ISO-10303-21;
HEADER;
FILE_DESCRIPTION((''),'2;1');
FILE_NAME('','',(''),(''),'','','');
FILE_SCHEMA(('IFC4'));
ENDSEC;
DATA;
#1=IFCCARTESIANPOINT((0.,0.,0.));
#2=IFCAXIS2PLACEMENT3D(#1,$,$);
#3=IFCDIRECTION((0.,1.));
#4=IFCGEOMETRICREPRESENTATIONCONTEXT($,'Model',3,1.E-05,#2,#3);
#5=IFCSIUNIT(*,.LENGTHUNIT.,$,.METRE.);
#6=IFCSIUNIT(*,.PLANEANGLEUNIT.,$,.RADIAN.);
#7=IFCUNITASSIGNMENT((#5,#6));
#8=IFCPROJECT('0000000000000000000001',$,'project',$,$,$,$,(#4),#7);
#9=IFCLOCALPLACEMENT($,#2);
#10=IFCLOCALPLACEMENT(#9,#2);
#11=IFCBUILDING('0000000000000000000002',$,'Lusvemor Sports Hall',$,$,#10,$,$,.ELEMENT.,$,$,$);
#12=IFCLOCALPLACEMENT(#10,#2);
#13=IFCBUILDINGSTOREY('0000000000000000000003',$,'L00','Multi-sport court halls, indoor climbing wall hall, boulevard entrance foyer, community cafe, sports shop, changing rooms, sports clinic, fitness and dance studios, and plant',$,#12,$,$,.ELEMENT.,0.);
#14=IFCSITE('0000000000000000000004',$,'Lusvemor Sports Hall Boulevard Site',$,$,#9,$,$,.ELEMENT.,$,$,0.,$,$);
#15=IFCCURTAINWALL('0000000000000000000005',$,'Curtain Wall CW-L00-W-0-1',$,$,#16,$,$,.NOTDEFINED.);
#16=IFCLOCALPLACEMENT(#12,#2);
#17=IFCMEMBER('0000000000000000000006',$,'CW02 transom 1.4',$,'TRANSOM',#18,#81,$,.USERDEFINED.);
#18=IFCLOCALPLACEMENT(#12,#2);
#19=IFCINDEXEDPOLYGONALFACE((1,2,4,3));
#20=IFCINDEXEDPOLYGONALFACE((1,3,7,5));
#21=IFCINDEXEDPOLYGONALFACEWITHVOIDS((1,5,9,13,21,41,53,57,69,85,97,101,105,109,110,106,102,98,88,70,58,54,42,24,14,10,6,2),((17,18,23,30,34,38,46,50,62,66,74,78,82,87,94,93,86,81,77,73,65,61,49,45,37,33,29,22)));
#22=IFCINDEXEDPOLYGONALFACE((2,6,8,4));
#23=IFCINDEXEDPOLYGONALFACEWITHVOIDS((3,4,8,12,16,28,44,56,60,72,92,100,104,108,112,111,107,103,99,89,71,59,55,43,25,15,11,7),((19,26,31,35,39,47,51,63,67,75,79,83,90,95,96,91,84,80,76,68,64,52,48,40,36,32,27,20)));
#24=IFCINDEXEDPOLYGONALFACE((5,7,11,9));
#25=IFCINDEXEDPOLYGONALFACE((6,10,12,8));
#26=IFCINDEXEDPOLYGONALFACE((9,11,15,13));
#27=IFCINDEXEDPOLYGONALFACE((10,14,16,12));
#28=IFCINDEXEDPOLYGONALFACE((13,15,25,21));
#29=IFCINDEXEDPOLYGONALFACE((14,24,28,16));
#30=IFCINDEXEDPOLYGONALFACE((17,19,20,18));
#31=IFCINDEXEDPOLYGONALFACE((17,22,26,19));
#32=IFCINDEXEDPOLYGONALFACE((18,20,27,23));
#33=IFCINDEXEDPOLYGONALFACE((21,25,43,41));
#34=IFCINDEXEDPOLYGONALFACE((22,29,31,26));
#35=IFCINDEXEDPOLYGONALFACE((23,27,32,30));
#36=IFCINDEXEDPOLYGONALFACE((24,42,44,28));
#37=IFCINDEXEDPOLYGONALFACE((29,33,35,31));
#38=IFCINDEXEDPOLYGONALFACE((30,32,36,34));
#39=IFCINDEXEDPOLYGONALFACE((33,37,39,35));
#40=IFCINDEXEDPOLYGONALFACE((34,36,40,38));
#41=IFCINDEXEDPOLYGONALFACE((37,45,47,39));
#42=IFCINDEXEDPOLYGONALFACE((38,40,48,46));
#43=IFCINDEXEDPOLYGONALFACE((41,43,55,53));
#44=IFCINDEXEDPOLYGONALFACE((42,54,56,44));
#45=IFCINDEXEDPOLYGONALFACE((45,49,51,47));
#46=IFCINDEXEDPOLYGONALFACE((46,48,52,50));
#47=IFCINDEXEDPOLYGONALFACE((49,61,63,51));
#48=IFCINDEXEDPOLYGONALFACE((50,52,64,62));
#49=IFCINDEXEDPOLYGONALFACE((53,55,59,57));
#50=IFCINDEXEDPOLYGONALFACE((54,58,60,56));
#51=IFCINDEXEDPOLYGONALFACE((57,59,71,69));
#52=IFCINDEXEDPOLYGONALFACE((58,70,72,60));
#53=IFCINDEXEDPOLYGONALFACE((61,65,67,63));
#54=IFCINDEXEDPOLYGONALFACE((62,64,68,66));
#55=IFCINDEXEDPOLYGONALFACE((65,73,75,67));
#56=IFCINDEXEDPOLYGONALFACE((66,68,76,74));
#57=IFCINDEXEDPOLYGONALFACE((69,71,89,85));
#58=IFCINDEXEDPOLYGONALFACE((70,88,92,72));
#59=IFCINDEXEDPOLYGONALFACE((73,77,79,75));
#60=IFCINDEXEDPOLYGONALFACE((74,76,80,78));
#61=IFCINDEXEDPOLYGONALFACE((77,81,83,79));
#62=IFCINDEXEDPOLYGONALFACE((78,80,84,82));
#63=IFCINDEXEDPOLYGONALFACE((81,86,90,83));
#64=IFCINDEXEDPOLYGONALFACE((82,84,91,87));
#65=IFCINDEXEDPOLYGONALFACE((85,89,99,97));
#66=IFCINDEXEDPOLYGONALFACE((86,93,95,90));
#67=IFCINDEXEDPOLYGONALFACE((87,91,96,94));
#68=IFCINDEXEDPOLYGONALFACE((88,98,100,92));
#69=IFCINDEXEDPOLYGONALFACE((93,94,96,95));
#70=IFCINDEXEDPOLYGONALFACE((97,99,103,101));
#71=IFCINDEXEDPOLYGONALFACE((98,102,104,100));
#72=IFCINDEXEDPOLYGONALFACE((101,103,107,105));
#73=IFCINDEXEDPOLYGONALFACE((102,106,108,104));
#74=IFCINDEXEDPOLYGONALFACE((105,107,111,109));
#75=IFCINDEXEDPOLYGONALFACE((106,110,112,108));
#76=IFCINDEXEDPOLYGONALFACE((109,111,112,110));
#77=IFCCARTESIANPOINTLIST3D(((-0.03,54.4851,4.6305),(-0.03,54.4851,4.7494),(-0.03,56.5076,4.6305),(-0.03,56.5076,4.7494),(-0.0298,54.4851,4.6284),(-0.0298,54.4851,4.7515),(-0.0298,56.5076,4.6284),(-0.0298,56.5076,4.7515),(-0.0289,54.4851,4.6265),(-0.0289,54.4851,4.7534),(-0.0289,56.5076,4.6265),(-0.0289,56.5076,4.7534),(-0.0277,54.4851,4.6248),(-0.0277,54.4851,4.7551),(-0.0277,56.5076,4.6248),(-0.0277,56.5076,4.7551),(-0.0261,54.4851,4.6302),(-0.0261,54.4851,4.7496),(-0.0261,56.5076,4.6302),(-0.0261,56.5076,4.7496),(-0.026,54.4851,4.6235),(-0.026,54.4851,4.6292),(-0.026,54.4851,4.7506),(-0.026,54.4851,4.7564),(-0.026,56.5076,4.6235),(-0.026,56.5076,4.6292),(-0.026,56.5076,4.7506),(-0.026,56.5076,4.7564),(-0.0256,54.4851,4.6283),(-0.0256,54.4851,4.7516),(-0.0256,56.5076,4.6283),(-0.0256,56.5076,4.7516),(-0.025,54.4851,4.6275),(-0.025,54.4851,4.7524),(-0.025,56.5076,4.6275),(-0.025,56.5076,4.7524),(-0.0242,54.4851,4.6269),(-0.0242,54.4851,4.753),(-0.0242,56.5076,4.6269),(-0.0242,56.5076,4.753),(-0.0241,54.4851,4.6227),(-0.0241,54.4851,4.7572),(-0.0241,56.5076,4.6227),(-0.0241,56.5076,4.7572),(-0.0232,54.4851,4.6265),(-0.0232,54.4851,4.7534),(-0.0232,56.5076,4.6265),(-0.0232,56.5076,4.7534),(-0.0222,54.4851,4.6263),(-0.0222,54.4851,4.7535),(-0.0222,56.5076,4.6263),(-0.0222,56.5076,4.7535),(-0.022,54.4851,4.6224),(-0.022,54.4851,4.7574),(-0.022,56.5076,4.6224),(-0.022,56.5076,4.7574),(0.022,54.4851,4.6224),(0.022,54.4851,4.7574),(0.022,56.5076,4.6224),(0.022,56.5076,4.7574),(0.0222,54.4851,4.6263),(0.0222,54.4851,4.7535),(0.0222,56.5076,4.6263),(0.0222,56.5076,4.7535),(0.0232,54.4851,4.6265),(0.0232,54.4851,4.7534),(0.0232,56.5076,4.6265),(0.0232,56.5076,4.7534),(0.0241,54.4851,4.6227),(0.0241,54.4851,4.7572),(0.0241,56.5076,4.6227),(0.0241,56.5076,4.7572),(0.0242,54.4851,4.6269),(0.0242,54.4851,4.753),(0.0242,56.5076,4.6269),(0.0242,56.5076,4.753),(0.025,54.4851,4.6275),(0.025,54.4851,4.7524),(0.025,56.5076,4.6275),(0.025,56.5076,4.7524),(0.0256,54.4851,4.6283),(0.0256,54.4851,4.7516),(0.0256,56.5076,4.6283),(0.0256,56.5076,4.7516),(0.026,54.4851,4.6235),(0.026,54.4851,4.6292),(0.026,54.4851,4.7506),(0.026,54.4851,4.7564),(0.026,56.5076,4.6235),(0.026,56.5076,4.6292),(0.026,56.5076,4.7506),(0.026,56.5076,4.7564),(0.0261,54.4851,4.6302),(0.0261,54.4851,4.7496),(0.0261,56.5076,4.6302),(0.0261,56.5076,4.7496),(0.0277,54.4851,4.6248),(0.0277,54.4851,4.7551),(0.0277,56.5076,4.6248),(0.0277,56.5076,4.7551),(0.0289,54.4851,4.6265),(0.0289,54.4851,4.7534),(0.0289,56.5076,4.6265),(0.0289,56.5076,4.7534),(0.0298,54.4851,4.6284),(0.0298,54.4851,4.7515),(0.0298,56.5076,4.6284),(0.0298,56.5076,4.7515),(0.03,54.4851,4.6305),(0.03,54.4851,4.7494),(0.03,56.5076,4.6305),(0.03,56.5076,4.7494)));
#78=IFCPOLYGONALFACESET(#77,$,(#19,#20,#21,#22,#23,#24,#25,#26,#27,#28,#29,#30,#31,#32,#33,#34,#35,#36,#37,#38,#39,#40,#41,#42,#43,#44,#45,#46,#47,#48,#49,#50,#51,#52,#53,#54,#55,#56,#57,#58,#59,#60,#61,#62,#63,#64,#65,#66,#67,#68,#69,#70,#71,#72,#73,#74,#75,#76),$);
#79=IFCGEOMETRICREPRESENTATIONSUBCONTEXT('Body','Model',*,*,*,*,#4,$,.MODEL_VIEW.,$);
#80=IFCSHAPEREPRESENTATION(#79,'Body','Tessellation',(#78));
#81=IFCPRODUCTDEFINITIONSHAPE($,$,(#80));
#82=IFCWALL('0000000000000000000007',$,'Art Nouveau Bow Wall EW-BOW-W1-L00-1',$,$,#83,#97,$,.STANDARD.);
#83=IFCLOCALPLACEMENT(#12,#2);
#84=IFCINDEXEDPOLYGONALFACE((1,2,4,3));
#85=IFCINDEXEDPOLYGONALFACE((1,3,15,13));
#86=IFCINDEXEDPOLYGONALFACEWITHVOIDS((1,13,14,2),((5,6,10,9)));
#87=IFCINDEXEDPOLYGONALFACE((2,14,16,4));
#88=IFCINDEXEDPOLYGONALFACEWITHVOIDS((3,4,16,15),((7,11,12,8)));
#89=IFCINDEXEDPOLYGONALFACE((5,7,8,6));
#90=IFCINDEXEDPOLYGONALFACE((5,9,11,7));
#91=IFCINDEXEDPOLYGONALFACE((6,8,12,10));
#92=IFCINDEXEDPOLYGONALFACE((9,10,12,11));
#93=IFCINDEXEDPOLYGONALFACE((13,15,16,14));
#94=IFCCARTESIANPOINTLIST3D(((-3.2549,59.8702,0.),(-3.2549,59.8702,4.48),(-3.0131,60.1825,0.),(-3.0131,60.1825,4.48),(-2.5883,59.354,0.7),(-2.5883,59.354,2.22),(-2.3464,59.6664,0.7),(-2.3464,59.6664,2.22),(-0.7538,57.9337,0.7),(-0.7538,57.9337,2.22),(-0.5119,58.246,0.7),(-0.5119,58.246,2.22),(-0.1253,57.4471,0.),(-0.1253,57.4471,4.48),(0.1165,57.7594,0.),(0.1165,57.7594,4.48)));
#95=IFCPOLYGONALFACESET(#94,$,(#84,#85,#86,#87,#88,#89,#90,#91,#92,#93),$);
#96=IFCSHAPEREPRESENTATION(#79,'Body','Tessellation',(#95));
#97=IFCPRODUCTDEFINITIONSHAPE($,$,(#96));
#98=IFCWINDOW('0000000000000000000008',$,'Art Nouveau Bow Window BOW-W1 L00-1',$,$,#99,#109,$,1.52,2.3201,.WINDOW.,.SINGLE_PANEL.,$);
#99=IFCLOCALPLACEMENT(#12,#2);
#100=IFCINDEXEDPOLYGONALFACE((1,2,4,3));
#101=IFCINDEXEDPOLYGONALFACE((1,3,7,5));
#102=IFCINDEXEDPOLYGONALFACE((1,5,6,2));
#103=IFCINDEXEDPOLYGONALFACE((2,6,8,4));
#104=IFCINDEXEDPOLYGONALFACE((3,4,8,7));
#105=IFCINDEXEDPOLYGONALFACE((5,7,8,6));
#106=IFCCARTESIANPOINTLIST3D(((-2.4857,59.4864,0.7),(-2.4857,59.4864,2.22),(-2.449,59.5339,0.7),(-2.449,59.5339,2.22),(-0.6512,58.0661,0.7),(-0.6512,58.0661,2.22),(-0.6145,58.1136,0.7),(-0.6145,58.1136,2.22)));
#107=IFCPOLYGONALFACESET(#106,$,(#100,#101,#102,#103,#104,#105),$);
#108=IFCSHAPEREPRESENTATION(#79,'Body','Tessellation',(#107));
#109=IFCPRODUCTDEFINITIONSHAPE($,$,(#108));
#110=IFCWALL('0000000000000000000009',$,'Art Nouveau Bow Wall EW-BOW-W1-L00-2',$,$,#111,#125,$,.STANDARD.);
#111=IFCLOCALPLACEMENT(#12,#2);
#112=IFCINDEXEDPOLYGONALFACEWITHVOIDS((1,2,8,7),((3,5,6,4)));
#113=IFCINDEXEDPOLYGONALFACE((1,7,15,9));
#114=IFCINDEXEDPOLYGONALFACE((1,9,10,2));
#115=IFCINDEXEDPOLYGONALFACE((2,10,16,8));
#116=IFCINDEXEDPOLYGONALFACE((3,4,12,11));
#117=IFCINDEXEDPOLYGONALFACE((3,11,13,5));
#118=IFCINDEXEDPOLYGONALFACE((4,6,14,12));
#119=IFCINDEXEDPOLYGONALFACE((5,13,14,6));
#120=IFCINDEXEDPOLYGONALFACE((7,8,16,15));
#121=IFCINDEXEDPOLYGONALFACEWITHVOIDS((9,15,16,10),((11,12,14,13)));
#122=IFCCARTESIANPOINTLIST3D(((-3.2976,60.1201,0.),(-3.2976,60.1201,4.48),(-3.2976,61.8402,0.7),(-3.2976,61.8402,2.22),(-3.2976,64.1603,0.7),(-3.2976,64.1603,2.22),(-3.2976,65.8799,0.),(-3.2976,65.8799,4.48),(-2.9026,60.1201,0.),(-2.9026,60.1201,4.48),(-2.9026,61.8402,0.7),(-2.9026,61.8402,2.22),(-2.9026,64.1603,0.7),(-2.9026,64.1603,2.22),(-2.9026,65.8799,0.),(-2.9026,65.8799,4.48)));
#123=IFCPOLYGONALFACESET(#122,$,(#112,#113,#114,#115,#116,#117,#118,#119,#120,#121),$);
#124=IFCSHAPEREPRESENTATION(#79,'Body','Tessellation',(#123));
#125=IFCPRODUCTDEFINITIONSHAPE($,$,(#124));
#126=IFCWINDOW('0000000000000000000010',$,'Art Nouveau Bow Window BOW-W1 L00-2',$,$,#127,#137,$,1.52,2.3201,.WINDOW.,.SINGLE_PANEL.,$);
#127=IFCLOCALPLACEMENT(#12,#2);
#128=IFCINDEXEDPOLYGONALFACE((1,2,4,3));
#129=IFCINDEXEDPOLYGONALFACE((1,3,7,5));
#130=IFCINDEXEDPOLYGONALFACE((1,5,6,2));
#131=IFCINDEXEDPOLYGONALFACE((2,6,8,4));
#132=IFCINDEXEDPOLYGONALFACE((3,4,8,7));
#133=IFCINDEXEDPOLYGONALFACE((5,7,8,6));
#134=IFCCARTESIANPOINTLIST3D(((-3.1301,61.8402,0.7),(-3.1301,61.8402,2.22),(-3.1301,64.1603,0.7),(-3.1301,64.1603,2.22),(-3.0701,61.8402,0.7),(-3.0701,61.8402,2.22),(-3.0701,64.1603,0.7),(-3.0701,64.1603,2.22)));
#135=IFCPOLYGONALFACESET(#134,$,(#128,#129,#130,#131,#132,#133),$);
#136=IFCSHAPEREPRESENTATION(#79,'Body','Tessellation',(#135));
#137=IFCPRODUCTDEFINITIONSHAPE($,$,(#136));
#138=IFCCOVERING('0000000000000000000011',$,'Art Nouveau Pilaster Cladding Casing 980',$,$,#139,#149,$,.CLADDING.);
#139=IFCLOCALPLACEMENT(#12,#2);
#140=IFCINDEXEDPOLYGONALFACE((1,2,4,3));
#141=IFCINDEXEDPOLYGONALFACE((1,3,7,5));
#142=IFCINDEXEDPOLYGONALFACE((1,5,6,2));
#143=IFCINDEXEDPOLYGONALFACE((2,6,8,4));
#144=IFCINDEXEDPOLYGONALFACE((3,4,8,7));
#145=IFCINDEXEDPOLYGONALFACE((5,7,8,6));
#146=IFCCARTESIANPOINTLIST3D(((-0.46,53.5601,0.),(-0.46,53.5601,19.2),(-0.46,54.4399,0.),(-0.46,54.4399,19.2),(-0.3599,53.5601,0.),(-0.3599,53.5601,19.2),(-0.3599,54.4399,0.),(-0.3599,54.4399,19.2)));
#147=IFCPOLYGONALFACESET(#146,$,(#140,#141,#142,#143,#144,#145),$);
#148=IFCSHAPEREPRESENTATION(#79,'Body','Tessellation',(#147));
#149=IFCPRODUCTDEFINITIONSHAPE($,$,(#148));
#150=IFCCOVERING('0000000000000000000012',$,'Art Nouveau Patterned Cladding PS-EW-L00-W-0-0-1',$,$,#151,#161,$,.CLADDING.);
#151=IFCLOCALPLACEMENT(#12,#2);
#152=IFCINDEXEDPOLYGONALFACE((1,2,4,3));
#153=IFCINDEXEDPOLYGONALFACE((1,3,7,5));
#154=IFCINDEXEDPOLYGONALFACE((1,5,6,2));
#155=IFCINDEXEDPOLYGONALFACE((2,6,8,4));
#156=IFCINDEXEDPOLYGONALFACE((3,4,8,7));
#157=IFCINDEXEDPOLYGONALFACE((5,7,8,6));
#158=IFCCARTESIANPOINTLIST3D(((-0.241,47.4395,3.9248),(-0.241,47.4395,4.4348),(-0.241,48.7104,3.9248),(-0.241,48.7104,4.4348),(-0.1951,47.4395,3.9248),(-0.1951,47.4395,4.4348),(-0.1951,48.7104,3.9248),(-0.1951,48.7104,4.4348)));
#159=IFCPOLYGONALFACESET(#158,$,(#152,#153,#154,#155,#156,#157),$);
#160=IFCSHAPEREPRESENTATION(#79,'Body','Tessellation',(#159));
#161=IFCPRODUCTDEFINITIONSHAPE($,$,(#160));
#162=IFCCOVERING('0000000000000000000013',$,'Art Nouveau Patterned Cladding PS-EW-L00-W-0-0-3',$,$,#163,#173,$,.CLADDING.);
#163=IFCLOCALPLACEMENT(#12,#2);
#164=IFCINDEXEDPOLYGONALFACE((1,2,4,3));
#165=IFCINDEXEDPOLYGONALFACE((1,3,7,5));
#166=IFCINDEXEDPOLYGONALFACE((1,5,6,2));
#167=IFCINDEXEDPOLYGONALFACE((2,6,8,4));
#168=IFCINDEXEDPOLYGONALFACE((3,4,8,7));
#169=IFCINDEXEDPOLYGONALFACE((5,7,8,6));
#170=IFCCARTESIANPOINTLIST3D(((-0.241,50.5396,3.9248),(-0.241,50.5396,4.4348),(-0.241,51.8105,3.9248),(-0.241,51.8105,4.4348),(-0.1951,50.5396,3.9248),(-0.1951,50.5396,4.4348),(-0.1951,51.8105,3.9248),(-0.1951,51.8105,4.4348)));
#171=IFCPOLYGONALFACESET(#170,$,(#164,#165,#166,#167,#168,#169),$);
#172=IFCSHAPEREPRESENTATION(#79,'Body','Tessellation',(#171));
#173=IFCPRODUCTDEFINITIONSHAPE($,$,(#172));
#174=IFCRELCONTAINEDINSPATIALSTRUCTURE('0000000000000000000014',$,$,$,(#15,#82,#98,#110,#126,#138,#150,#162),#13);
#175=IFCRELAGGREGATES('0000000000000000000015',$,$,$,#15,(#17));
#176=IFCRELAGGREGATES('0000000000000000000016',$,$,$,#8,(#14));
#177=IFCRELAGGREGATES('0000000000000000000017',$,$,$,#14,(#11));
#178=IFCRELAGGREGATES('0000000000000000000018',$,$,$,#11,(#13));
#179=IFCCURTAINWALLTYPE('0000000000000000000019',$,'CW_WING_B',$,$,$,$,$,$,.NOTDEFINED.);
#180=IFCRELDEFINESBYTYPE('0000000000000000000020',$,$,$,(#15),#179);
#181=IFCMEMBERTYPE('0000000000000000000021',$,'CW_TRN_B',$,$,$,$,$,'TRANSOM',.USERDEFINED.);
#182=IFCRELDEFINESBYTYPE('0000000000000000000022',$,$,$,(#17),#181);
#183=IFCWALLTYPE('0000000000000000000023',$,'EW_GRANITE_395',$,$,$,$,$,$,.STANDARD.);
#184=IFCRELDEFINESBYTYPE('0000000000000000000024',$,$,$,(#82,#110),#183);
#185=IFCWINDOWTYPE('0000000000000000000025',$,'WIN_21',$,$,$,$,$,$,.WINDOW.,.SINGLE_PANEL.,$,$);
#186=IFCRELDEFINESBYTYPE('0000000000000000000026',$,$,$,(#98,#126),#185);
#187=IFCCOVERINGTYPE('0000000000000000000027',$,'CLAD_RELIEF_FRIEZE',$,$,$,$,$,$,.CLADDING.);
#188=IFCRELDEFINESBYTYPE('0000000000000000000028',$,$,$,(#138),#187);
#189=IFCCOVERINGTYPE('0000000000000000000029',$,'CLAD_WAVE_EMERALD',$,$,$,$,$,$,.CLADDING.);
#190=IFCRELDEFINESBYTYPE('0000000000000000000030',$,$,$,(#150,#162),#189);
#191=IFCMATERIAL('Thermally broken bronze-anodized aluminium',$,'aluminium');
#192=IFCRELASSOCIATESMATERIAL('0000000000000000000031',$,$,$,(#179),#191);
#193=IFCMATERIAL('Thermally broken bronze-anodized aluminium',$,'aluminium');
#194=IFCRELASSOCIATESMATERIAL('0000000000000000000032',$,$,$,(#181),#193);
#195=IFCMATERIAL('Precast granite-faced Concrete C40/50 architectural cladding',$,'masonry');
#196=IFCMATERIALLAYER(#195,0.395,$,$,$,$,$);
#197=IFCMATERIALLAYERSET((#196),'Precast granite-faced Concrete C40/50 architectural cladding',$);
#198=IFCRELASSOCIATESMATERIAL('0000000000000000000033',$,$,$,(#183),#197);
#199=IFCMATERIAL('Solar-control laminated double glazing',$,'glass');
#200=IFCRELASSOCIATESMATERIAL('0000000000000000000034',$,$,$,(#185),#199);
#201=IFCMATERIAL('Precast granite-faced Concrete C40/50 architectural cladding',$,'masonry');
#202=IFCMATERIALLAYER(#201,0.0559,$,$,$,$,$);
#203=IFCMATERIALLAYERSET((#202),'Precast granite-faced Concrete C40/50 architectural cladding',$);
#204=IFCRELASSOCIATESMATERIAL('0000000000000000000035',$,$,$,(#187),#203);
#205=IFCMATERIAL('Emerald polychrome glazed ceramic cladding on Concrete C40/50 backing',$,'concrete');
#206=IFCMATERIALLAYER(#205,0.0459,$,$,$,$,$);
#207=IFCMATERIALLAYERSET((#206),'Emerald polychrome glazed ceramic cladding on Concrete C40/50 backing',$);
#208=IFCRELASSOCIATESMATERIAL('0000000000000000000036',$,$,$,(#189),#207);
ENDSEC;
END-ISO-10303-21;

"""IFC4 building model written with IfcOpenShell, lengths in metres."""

from ifc_helpers import new_model, si_unit, direction, frame, frame_2d, origin, origin_2d, place, context, subcontext, project, spatial, rectangle, hollow_rectangle, extrude, material, layer, layer_set, material_profile, profile_set, type_object, element, fill, aggregate, save


model = new_model("IFC4")

# Units and contexts
model_context = context("Model", 3, precision=1e-05, world=origin(), true_north=direction((0.0, 1.0)))
body_context = subcontext(model_context, "Body", "Model", "MODEL_VIEW")
ifc_project = project(units=[si_unit("LENGTHUNIT", "METRE"), si_unit("PLANEANGLEUNIT", "RADIAN")], contexts=[model_context])

# Site, building, storey
site_placement = place(None, origin())
site = spatial("IfcSite", under=ifc_project, at=site_placement, Name="Lusvemor Sports Hall Boulevard Site", CompositionType="ELEMENT", RefElevation=0.0)
building_placement = place(site_placement, origin())
building = spatial("IfcBuilding", under=site, at=building_placement, Name="Lusvemor Sports Hall", CompositionType="ELEMENT")
storey_placement = place(building_placement, origin())
storey = spatial("IfcBuildingStorey", under=building, at=storey_placement, Name="L00", Description="Multi-sport court halls, indoor climbing wall hall, boulevard entrance foyer, community cafe, sports shop, changing rooms, sports clinic, fitness and dance studios, and plant", CompositionType="ELEMENT", Elevation=0.0)

# Curtain wall, member
ifc_material_1 = material(Name="Thermally broken bronze-anodized aluminium", Category="aluminium")
curtain_wall_type = type_object("IfcCurtainWallType", Name="CW_WING_B", PredefinedType="NOTDEFINED", material=ifc_material_1)
curtain_wall_placement = place(storey_placement, origin())
curtain_wall = element("IfcCurtainWall", 1, at=curtain_wall_placement, inside=storey, type_object=curtain_wall_type, Name="Curtain Wall CW-L00-W-0-1", PredefinedType="NOTDEFINED")
ifc_material_2 = material(Name="Thermally broken bronze-anodized aluminium", Category="aluminium")
ifc_material_profile_1 = material_profile(ifc_material_2, hollow_rectangle(XDim=0.0601, YDim=0.135, WallThickness=0.0039, InnerFilletRadius=0.0039, OuterFilletRadius=0.0081, at=origin_2d()), Name="CWTRN135x60x4")
ifc_profile_set_1 = profile_set([ifc_material_profile_1], Name="Thermally broken bronze-anodized aluminium")
member_type_1 = type_object("IfcMemberType", Name="CW_TRN_B", ElementType="TRANSOM", PredefinedType="USERDEFINED", material=ifc_profile_set_1)
member_1_placement = place(storey_placement, frame((0.0, 54.4851, 4.6899), z_axis=(0.0, 1.0, 0.0), x_axis=(-1.0, 0.0, 0.0)))
member_1 = element("IfcMember", 2, at=member_1_placement, type_object=member_type_1, Name="CW02 transom 1.4", ObjectType="TRANSOM", PredefinedType="USERDEFINED", context=body_context, shape_type="SweptSolid", body=[
    extrude(hollow_rectangle(XDim=0.0601, YDim=0.135, WallThickness=0.0039, InnerFilletRadius=0.0039, OuterFilletRadius=0.0081, at=origin_2d()), origin(), (0.0, 0.0, 1.0), 2.0225),
])
aggregate(curtain_wall, [member_1])

# Walls, openings, windows
ifc_material_3 = material(Name="Precast granite-faced Concrete C40/50 architectural cladding", Category="masonry")
ifc_layer_1 = layer(ifc_material_3, 0.395)
ifc_layer_set_1 = layer_set([ifc_layer_1], Name="Precast granite-faced Concrete C40/50 architectural cladding")
wall_type = type_object("IfcWallType", Name="EW_GRANITE_395", PredefinedType="STANDARD", material=ifc_layer_set_1)
wall_1_placement = place(storey_placement, frame((-0.0044, 57.6033, 0.0), z_axis=(0.0, 0.0, 1.0), x_axis=(-0.790705, 0.612197, 0.0)))
wall_1 = element("IfcWall", 3, at=wall_1_placement, inside=storey, type_object=wall_type, Name="Art Nouveau Bow Wall EW-BOW-W1-L00-1", PredefinedType="STANDARD", context=body_context, shape_type="SweptSolid", body=[
    extrude(rectangle(XDim=3.958, YDim=0.395, at=frame_2d((1.979, 0.0))), origin(), (0.0, 0.0, 1.0), 4.48),
])
opening_1_placement = place(wall_1_placement, frame((0.7947, 0.0, 0.7)))
opening_1 = element("IfcOpeningElement", 4, at=opening_1_placement, cuts=wall_1, PredefinedType="OPENING", context=body_context, shape_type="SweptSolid", body=[
    extrude(rectangle(XDim=2.3201, YDim=1.52, at=frame_2d((1.1602, 0.76))), frame((0.0, 0.1975, 0.0), z_axis=(0.0, -1.0, 0.0), x_axis=(1.0, 0.0, 0.0)), (0.0, 0.0, 1.0), 0.395),
])
ifc_material_4 = material(Name="Solar-control laminated double glazing", Category="glass")
window_type = type_object("IfcWindowType", Name="WIN_21", PartitioningType="SINGLE_PANEL", PredefinedType="WINDOW", material=ifc_material_4)
window_1_placement = place(opening_1_placement, origin())
window_1 = element("IfcWindow", 5, at=window_1_placement, inside=storey, type_object=window_type, Name="Art Nouveau Bow Window BOW-W1 L00-1", OverallHeight=1.52, OverallWidth=2.3201, PartitioningType="SINGLE_PANEL", PredefinedType="WINDOW", context=body_context, shape_type="SweptSolid", body=[
    extrude(rectangle(XDim=2.3201, YDim=1.52, at=frame_2d((1.1602, 0.76))), frame((0.0, 0.03, 0.0), z_axis=(0.0, -1.0, 0.0), x_axis=(1.0, 0.0, 0.0)), (0.0, 0.0, 1.0), 0.0601),
])
fill(opening_1, window_1)
wall_2_placement = place(storey_placement, frame((-3.1001, 60.1201, 0.0), z_axis=(0.0, 0.0, 1.0), x_axis=(0.0, 1.0, 0.0)))
wall_2 = element("IfcWall", 6, at=wall_2_placement, inside=storey, type_object=wall_type, Name="Art Nouveau Bow Wall EW-BOW-W1-L00-2", PredefinedType="STANDARD", context=body_context, shape_type="SweptSolid", body=[
    extrude(rectangle(XDim=5.7598, YDim=0.395, at=frame_2d((2.8799, 0.0))), origin(), (0.0, 0.0, 1.0), 4.48),
])
opening_2_placement = place(wall_2_placement, frame((1.72, 0.0, 0.7)))
opening_2 = element("IfcOpeningElement", 7, at=opening_2_placement, cuts=wall_2, PredefinedType="OPENING", context=body_context, shape_type="SweptSolid", body=[
    extrude(rectangle(XDim=2.3201, YDim=1.52, at=frame_2d((1.1602, 0.76))), frame((0.0, 0.1975, 0.0), z_axis=(0.0, -1.0, 0.0), x_axis=(1.0, 0.0, 0.0)), (0.0, 0.0, 1.0), 0.395),
])
window_2_placement = place(opening_2_placement, origin())
window_2 = element("IfcWindow", 8, at=window_2_placement, inside=storey, type_object=window_type, Name="Art Nouveau Bow Window BOW-W1 L00-2", OverallHeight=1.52, OverallWidth=2.3201, PartitioningType="SINGLE_PANEL", PredefinedType="WINDOW", context=body_context, shape_type="SweptSolid", body=[
    extrude(rectangle(XDim=2.3201, YDim=1.52, at=frame_2d((1.1602, 0.76))), frame((0.0, 0.03, 0.0), z_axis=(0.0, -1.0, 0.0), x_axis=(1.0, 0.0, 0.0)), (0.0, 0.0, 1.0), 0.0601),
])
fill(opening_2, window_2)

# Coverings
ifc_material_5 = material(Name="Precast granite-faced Concrete C40/50 architectural cladding", Category="masonry")
ifc_layer_2 = layer(ifc_material_5, 0.0559)
ifc_layer_set_2 = layer_set([ifc_layer_2], Name="Precast granite-faced Concrete C40/50 architectural cladding")
covering_type_1 = type_object("IfcCoveringType", Name="CLAD_RELIEF_FRIEZE", PredefinedType="CLADDING", material=ifc_layer_set_2)
covering_placement = place(storey_placement, frame((-0.4099, 54.0, 0.0), z_axis=(0.0, 0.0, 1.0), x_axis=(1.0, 0.0, 0.0)))
element("IfcCovering", 9, at=covering_placement, inside=storey, type_object=covering_type_1, Name="Art Nouveau Pilaster Cladding Casing 980", PredefinedType="CLADDING", context=body_context, shape_type="SweptSolid", body=[
    extrude(rectangle(XDim=0.1001, YDim=0.8799, at=origin_2d()), origin(), (0.0, 0.0, 1.0), 19.2),
])
ifc_material_6 = material(Name="Emerald polychrome glazed ceramic cladding on Concrete C40/50 backing", Category="concrete")
ifc_layer_3 = layer(ifc_material_6, 0.0459)
ifc_layer_set_3 = layer_set([ifc_layer_3], Name="Emerald polychrome glazed ceramic cladding on Concrete C40/50 backing")
covering_type_2 = type_object("IfcCoveringType", Name="CLAD_WAVE_EMERALD", PredefinedType="CLADDING", material=ifc_layer_set_3)
for number, where, z_axis, x_axis, name in (
    (10, (-0.218, 48.075, 3.9248), (0.0, 0.0, 1.0), (1.0, 0.0, 0.0), "Art Nouveau Patterned Cladding PS-EW-L00-W-0-0-1"),
    (11, (-0.218, 51.175, 3.9248), (0.0, 0.0, 1.0), (1.0, 0.0, 0.0), "Art Nouveau Patterned Cladding PS-EW-L00-W-0-0-3"),
):
    element("IfcCovering", number, at=place(storey_placement, frame(where, z_axis=z_axis, x_axis=x_axis)), inside=storey, type_object=covering_type_2, Name=name, PredefinedType="CLADDING", context=body_context, shape_type="SweptSolid", body=[
        extrude(rectangle(XDim=0.0459, YDim=1.271, at=origin_2d()), origin(), (0.0, 0.0, 1.0), 0.51),
    ])

save(model, "model.ifc")
